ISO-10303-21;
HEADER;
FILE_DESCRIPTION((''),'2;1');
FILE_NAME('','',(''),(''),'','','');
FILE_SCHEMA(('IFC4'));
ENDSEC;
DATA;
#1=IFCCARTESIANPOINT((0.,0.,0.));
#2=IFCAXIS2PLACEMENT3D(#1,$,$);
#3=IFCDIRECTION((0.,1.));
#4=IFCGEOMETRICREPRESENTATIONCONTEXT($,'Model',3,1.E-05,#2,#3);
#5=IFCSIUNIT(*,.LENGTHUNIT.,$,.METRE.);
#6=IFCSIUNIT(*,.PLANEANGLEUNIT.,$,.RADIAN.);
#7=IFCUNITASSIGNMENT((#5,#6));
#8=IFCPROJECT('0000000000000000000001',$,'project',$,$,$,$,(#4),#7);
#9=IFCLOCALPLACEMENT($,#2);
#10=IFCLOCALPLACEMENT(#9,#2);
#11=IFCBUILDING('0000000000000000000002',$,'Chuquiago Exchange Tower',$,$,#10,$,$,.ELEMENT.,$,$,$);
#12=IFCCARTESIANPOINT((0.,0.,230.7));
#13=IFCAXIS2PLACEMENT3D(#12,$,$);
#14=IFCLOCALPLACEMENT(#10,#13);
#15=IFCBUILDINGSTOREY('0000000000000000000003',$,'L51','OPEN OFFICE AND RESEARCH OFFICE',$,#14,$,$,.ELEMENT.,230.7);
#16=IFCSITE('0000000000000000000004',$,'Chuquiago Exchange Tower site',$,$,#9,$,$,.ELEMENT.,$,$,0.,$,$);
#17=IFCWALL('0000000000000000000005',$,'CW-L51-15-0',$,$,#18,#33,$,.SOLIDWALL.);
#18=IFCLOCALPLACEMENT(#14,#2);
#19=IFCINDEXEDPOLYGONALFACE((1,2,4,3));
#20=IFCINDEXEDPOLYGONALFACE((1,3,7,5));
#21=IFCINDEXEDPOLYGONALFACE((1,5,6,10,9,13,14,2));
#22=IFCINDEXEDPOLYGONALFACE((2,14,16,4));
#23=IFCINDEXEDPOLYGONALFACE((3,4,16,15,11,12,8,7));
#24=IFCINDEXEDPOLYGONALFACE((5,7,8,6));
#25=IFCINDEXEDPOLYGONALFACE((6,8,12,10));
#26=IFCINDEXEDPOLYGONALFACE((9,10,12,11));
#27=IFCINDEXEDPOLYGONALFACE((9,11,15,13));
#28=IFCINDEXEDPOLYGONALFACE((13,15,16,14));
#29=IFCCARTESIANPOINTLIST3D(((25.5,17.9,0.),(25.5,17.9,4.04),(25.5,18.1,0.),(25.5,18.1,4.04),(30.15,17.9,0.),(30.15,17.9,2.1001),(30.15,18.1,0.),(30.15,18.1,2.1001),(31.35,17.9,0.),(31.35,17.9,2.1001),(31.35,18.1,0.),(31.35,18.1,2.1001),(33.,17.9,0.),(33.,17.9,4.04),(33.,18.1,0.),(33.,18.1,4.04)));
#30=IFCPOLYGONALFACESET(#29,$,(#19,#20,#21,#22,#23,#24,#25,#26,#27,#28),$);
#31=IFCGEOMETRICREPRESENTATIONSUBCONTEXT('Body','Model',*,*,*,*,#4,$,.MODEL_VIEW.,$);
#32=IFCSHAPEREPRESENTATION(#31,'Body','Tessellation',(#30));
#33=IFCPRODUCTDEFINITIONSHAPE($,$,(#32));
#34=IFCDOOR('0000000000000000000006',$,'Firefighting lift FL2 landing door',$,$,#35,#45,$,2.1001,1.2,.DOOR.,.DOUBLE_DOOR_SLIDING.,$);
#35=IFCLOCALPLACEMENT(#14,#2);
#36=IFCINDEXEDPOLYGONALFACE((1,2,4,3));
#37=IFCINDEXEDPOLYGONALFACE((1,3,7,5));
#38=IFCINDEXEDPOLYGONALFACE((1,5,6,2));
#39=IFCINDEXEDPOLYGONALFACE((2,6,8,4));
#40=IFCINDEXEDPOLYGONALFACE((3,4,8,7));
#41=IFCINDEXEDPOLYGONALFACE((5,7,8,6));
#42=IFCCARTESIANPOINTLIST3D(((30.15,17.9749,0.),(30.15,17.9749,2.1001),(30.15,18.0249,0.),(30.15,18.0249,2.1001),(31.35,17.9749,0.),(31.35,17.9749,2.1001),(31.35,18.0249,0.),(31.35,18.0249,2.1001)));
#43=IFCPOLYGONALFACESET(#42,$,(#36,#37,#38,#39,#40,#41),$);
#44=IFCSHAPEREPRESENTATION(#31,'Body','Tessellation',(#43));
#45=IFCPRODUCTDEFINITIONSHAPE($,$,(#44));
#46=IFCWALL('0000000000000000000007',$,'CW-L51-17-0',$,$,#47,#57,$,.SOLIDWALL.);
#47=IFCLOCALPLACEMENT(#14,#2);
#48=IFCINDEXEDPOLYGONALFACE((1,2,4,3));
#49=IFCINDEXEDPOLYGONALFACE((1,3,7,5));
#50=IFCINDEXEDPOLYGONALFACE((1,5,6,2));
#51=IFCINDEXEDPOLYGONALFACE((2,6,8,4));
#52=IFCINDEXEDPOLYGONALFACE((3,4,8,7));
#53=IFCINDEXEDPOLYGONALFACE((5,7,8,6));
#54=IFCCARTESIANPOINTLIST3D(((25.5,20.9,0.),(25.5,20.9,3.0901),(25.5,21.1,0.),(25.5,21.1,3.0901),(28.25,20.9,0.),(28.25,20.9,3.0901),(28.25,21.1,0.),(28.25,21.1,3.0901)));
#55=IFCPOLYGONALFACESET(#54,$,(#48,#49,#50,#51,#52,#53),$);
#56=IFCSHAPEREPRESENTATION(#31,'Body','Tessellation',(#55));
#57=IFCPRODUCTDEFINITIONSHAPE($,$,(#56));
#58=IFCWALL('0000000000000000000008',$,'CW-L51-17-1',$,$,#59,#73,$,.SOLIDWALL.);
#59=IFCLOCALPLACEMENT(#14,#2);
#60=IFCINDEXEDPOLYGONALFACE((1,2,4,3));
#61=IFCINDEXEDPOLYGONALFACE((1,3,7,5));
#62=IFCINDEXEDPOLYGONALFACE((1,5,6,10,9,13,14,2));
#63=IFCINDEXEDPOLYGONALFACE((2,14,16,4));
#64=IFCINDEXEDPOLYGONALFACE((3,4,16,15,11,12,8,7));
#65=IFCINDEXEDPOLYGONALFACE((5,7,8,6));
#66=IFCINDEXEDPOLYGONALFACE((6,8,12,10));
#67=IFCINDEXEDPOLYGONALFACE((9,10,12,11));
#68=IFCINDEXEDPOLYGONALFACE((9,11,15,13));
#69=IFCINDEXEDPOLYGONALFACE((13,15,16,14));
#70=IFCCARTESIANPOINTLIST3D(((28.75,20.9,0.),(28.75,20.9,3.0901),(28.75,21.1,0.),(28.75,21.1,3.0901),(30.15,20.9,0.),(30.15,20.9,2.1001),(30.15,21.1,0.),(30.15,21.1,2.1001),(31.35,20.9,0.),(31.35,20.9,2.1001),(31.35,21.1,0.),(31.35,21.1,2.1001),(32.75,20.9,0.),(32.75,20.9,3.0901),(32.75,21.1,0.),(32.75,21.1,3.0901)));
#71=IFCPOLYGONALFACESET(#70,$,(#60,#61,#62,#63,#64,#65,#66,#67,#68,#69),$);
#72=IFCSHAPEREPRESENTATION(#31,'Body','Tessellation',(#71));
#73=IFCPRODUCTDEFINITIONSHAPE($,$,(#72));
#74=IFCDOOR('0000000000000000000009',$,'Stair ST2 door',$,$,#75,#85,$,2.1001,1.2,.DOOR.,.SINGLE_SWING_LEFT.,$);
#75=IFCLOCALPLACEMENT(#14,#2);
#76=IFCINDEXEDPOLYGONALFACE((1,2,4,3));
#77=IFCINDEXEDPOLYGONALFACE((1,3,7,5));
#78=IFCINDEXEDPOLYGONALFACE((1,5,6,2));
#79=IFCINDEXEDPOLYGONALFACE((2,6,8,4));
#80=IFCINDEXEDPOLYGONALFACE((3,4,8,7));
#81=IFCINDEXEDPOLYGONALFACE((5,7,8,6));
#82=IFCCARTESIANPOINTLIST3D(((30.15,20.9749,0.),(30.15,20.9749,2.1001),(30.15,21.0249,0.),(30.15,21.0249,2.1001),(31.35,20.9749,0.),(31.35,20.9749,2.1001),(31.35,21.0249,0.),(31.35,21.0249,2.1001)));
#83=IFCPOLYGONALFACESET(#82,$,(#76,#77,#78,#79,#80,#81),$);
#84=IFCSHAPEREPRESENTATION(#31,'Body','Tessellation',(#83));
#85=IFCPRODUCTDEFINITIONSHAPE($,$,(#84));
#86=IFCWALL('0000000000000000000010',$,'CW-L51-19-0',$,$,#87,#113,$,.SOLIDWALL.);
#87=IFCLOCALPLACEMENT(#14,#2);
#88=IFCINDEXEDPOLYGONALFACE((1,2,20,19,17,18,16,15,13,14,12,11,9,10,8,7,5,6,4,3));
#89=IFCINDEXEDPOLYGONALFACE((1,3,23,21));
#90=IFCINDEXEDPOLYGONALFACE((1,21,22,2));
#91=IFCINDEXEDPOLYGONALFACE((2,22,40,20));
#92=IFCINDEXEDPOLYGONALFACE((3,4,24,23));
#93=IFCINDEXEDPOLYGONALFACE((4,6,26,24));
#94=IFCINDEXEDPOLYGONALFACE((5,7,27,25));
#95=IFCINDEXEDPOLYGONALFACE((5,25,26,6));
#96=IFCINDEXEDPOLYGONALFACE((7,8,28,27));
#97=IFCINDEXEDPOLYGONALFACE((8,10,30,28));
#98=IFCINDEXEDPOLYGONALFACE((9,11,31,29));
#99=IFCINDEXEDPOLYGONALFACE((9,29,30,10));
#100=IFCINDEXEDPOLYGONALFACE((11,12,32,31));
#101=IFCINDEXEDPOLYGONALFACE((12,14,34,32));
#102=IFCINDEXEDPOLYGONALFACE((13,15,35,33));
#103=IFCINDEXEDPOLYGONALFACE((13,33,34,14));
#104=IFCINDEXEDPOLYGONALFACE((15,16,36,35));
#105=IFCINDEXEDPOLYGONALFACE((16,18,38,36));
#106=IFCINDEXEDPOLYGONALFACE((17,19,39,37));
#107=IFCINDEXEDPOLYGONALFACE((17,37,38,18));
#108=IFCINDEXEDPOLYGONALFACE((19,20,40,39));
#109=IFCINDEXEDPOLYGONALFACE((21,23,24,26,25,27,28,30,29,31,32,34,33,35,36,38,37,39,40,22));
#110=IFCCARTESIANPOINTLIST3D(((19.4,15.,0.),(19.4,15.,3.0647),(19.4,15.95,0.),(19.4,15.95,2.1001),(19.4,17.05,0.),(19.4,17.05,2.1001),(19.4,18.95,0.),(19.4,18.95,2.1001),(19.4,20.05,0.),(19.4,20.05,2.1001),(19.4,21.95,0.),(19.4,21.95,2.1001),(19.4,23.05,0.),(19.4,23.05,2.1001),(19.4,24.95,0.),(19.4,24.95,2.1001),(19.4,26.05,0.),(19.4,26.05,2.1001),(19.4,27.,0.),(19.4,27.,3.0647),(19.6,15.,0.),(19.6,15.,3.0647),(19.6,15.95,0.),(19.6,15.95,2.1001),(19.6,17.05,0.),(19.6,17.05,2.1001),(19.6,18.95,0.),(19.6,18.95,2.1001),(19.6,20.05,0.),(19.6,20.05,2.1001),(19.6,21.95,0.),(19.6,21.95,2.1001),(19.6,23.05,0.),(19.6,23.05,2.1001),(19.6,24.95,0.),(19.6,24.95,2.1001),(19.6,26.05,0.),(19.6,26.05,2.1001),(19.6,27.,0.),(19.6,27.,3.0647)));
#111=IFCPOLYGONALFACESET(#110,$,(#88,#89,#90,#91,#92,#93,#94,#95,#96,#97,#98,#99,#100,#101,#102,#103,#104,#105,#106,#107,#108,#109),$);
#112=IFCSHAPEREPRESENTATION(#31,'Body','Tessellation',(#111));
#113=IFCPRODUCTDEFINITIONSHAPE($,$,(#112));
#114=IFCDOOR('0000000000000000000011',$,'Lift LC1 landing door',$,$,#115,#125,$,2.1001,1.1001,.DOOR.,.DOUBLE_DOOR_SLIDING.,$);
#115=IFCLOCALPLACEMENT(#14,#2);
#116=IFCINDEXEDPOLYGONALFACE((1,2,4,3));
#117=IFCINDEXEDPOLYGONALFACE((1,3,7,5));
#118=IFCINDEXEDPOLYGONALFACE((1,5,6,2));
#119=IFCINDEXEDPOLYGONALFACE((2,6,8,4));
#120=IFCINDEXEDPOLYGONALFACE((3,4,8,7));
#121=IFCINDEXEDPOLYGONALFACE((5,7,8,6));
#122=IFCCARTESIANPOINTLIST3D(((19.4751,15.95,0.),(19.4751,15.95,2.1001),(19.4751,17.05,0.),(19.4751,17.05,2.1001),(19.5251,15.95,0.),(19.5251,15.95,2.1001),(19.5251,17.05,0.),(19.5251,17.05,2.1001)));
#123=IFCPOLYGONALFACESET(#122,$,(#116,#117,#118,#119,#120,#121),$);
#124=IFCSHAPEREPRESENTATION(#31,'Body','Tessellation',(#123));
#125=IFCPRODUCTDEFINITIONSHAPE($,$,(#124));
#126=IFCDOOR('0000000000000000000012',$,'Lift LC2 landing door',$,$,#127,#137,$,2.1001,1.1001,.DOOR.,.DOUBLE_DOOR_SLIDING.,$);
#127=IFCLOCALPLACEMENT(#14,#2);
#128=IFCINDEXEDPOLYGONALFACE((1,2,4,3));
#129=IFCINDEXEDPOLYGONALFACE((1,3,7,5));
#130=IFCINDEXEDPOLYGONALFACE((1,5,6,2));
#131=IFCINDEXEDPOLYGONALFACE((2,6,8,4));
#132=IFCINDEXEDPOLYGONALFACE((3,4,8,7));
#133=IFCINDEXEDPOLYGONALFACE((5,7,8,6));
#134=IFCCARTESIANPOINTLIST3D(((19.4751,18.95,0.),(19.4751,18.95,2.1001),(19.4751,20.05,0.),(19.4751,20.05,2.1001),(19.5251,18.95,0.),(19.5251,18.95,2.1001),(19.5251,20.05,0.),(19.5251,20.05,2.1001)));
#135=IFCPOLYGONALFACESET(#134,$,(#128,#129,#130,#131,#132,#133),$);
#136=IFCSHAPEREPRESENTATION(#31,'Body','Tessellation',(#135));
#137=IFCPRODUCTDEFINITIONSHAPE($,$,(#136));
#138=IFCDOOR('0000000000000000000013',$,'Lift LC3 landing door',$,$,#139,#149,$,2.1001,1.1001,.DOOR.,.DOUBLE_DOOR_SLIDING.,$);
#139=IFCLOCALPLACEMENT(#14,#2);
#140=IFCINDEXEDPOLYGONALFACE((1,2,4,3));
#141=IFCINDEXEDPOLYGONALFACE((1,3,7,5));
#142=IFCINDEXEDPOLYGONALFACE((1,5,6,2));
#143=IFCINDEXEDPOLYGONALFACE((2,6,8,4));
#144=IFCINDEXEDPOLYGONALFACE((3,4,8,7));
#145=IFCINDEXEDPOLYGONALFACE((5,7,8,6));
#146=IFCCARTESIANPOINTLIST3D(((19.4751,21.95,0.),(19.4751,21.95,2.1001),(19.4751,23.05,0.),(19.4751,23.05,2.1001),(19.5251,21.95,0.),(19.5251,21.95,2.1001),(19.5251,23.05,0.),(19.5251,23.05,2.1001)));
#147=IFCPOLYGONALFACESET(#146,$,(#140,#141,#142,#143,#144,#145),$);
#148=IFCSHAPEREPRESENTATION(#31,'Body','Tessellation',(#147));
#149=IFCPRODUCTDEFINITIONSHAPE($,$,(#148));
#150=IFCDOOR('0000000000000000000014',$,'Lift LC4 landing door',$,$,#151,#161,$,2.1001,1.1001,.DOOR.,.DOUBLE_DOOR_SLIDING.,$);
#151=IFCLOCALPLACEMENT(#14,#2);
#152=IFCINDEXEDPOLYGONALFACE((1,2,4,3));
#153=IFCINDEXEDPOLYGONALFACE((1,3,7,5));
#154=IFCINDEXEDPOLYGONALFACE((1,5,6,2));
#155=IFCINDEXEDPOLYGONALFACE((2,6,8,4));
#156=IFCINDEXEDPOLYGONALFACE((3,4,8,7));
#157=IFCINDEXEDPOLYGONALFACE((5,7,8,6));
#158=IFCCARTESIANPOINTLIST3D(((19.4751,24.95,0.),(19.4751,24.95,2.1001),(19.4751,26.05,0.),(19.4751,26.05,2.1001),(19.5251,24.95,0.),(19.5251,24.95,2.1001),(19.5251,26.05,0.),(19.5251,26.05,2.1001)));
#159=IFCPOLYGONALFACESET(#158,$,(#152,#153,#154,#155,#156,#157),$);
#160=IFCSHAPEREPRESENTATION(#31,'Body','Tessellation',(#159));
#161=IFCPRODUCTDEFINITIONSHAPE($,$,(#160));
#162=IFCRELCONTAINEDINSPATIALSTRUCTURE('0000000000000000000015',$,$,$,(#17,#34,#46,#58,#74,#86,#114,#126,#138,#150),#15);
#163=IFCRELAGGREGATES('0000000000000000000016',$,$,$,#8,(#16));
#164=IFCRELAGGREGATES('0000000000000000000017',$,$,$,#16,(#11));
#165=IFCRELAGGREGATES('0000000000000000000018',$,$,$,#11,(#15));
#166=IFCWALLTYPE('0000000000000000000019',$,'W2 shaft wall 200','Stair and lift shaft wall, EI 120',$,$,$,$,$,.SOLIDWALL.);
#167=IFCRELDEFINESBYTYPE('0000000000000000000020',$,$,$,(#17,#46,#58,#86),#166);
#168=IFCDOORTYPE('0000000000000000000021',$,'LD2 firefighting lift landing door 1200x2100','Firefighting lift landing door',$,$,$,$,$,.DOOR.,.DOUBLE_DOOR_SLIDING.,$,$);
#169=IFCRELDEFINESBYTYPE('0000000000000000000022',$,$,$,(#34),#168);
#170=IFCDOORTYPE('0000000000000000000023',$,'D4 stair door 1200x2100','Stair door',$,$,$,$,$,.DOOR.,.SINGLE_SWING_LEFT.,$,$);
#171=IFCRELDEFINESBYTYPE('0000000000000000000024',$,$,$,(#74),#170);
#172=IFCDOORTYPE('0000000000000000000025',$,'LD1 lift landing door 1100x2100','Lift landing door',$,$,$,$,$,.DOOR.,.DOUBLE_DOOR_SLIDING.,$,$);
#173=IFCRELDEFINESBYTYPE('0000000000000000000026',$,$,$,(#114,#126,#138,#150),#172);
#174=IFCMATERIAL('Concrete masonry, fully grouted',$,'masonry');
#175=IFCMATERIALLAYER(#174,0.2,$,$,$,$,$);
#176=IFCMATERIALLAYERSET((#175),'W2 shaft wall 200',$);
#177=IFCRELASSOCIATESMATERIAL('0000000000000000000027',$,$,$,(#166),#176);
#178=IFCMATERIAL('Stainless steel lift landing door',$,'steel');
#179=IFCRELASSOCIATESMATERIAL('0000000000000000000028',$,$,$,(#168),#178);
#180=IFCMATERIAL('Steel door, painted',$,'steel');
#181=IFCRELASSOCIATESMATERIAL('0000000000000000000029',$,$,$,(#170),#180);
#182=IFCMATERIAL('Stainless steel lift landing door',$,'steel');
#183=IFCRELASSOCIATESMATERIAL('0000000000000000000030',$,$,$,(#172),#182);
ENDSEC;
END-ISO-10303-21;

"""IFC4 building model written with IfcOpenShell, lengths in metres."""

from ifc_helpers import new_model, si_unit, direction, frame, frame_2d, origin, place, context, subcontext, project, spatial, rectangle, extrude, material, layer, layer_set, type_object, element, fill, save


model = new_model("IFC4")

# Units and contexts
model_context = context("Model", 3, precision=1e-05, world=origin(), true_north=direction((0.0, 1.0)))
body_context = subcontext(model_context, "Body", "Model", "MODEL_VIEW")
ifc_project = project(units=[si_unit("LENGTHUNIT", "METRE"), si_unit("PLANEANGLEUNIT", "RADIAN")], contexts=[model_context])

# Site, building, storey
site_placement = place(None, origin())
site = spatial("IfcSite", under=ifc_project, at=site_placement, Name="Chuquiago Exchange Tower site", CompositionType="ELEMENT", RefElevation=0.0)
building_placement = place(site_placement, origin())
building = spatial("IfcBuilding", under=site, at=building_placement, Name="Chuquiago Exchange Tower", CompositionType="ELEMENT")
storey_placement = place(building_placement, frame((0.0, 0.0, 230.7)))
storey = spatial("IfcBuildingStorey", under=building, at=storey_placement, Name="L51", Description="OPEN OFFICE AND RESEARCH OFFICE", CompositionType="ELEMENT", Elevation=230.7)

# Shared definitions
ifc_material_1 = material(Name="Concrete masonry, fully grouted", Category="masonry")
ifc_layer_1 = layer(ifc_material_1, 0.2)
ifc_layer_set_1 = layer_set([ifc_layer_1], Name="W2 shaft wall 200")
wall_type_1 = type_object("IfcWallType", Name="W2 shaft wall 200", Description="Stair and lift shaft wall, EI 120", PredefinedType="SOLIDWALL", material=ifc_layer_set_1)

# Wall, opening, door
wall_1_placement = place(storey_placement, frame((25.5, 18.0, 0.0), z_axis=(0.0, 0.0, 1.0), x_axis=(1.0, 0.0, 0.0)))
wall_1 = element("IfcWall", 1, at=wall_1_placement, inside=storey, type_object=wall_type_1, Name="CW-L51-15-0", PredefinedType="SOLIDWALL", context=body_context, shape_type="SweptSolid", body=[
    extrude(rectangle(XDim=7.5, YDim=0.2, at=frame_2d((3.75, 0.0))), origin(), (0.0, 0.0, 1.0), 4.04),
])
opening_1_placement = place(wall_1_placement, frame((4.6499, 0.0, 0.0)))
opening_1 = element("IfcOpeningElement", 2, at=opening_1_placement, cuts=wall_1, PredefinedType="OPENING", context=body_context, shape_type="SweptSolid", body=[
    extrude(rectangle(XDim=1.2, YDim=2.1001, at=frame_2d((0.6001, 1.05))), frame((0.0, 0.1099, 0.0), z_axis=(0.0, -1.0, 0.0), x_axis=(1.0, 0.0, 0.0)), (0.0, 0.0, 1.0), 0.22),
])
ifc_material_2 = material(Name="Stainless steel lift landing door", Category="steel")
door_type_1 = type_object("IfcDoorType", Name="LD2 firefighting lift landing door 1200x2100", Description="Firefighting lift landing door", OperationType="DOUBLE_DOOR_SLIDING", PredefinedType="DOOR", material=ifc_material_2)
door_1_placement = place(opening_1_placement, origin())
door_1 = element("IfcDoor", 3, at=door_1_placement, inside=storey, type_object=door_type_1, Name="Firefighting lift FL2 landing door", OperationType="DOUBLE_DOOR_SLIDING", OverallHeight=2.1001, OverallWidth=1.2, PredefinedType="DOOR", context=body_context, shape_type="SweptSolid", body=[
    extrude(rectangle(XDim=1.2, YDim=2.1001, at=frame_2d((0.6001, 1.05))), frame((0.0, 0.0249, 0.0), z_axis=(0.0, -1.0, 0.0), x_axis=(1.0, 0.0, 0.0)), (0.0, 0.0, 1.0), 0.05),
])
fill(opening_1, door_1)

# Wall
wall_2_placement = place(storey_placement, frame((25.5, 21.0, 0.0), z_axis=(0.0, 0.0, 1.0), x_axis=(1.0, 0.0, 0.0)))
element("IfcWall", 4, at=wall_2_placement, inside=storey, type_object=wall_type_1, Name="CW-L51-17-0", PredefinedType="SOLIDWALL", context=body_context, shape_type="SweptSolid", body=[
    extrude(rectangle(XDim=2.75, YDim=0.2, at=frame_2d((1.375, 0.0))), origin(), (0.0, 0.0, 1.0), 3.0901),
])

# Wall, opening, door
wall_3_placement = place(storey_placement, frame((28.75, 21.0, 0.0), z_axis=(0.0, 0.0, 1.0), x_axis=(1.0, 0.0, 0.0)))
wall_3 = element("IfcWall", 5, at=wall_3_placement, inside=storey, type_object=wall_type_1, Name="CW-L51-17-1", PredefinedType="SOLIDWALL", context=body_context, shape_type="SweptSolid", body=[
    extrude(rectangle(XDim=4.0, YDim=0.2, at=frame_2d((2.0, 0.0))), origin(), (0.0, 0.0, 1.0), 3.0901),
])
opening_2_placement = place(wall_3_placement, frame((1.3999, 0.0, 0.0)))
opening_2 = element("IfcOpeningElement", 6, at=opening_2_placement, cuts=wall_3, PredefinedType="OPENING", context=body_context, shape_type="SweptSolid", body=[
    extrude(rectangle(XDim=1.2, YDim=2.1001, at=frame_2d((0.6001, 1.05))), frame((0.0, 0.1099, 0.0), z_axis=(0.0, -1.0, 0.0), x_axis=(1.0, 0.0, 0.0)), (0.0, 0.0, 1.0), 0.22),
])
ifc_material_3 = material(Name="Steel door, painted", Category="steel")
door_type_2 = type_object("IfcDoorType", Name="D4 stair door 1200x2100", Description="Stair door", OperationType="SINGLE_SWING_LEFT", PredefinedType="DOOR", material=ifc_material_3)
door_2_placement = place(opening_2_placement, origin())
door_2 = element("IfcDoor", 7, at=door_2_placement, inside=storey, type_object=door_type_2, Name="Stair ST2 door", OperationType="SINGLE_SWING_LEFT", OverallHeight=2.1001, OverallWidth=1.2, PredefinedType="DOOR", context=body_context, shape_type="SweptSolid", body=[
    extrude(rectangle(XDim=1.2, YDim=2.1001, at=frame_2d((0.6001, 1.05))), frame((0.0, 0.0249, 0.0), z_axis=(0.0, -1.0, 0.0), x_axis=(1.0, 0.0, 0.0)), (0.0, 0.0, 1.0), 0.05),
])
fill(opening_2, door_2)

# Wall, openings, doors
wall_4_placement = place(storey_placement, frame((19.5, 15.0, 0.0), z_axis=(0.0, 0.0, 1.0), x_axis=(0.0, 1.0, 0.0)))
wall_4 = element("IfcWall", 8, at=wall_4_placement, inside=storey, type_object=wall_type_1, Name="CW-L51-19-0", PredefinedType="SOLIDWALL", context=body_context, shape_type="SweptSolid", body=[
    extrude(rectangle(XDim=12.0, YDim=0.2, at=frame_2d((6.0, 0.0))), origin(), (0.0, 0.0, 1.0), 3.0647),
])
opening_3_placement = place(wall_4_placement, frame((0.95, 0.0, 0.0)))
opening_3 = element("IfcOpeningElement", 9, at=opening_3_placement, cuts=wall_4, PredefinedType="OPENING", context=body_context, shape_type="SweptSolid", body=[
    extrude(rectangle(XDim=1.1001, YDim=2.1001, at=frame_2d((0.55, 1.05))), frame((0.0, 0.1099, 0.0), z_axis=(0.0, -1.0, 0.0), x_axis=(1.0, 0.0, 0.0)), (0.0, 0.0, 1.0), 0.22),
])
opening_4_placement = place(wall_4_placement, frame((3.95, 0.0, 0.0)))
opening_4 = element("IfcOpeningElement", 10, at=opening_4_placement, cuts=wall_4, PredefinedType="OPENING", context=body_context, shape_type="SweptSolid", body=[
    extrude(rectangle(XDim=1.1001, YDim=2.1001, at=frame_2d((0.55, 1.05))), frame((0.0, 0.1099, 0.0), z_axis=(0.0, -1.0, 0.0), x_axis=(1.0, 0.0, 0.0)), (0.0, 0.0, 1.0), 0.22),
])
opening_5_placement = place(wall_4_placement, frame((6.95, 0.0, 0.0)))
opening_5 = element("IfcOpeningElement", 11, at=opening_5_placement, cuts=wall_4, PredefinedType="OPENING", context=body_context, shape_type="SweptSolid", body=[
    extrude(rectangle(XDim=1.1001, YDim=2.1001, at=frame_2d((0.55, 1.05))), frame((0.0, 0.1099, 0.0), z_axis=(0.0, -1.0, 0.0), x_axis=(1.0, 0.0, 0.0)), (0.0, 0.0, 1.0), 0.22),
])
opening_6_placement = place(wall_4_placement, frame((9.95, 0.0, 0.0)))
opening_6 = element("IfcOpeningElement", 12, at=opening_6_placement, cuts=wall_4, PredefinedType="OPENING", context=body_context, shape_type="SweptSolid", body=[
    extrude(rectangle(XDim=1.1001, YDim=2.1001, at=frame_2d((0.55, 1.05))), frame((0.0, 0.1099, 0.0), z_axis=(0.0, -1.0, 0.0), x_axis=(1.0, 0.0, 0.0)), (0.0, 0.0, 1.0), 0.22),
])
ifc_material_4 = material(Name="Stainless steel lift landing door", Category="steel")
door_type_3 = type_object("IfcDoorType", Name="LD1 lift landing door 1100x2100", Description="Lift landing door", OperationType="DOUBLE_DOOR_SLIDING", PredefinedType="DOOR", material=ifc_material_4)
door_3_placement = place(opening_3_placement, origin())
door_3 = element("IfcDoor", 13, at=door_3_placement, inside=storey, type_object=door_type_3, Name="Lift LC1 landing door", OperationType="DOUBLE_DOOR_SLIDING", OverallHeight=2.1001, OverallWidth=1.1001, PredefinedType="DOOR", context=body_context, shape_type="SweptSolid", body=[
    extrude(rectangle(XDim=1.1001, YDim=2.1001, at=frame_2d((0.55, 1.05))), frame((0.0, 0.0249, 0.0), z_axis=(0.0, -1.0, 0.0), x_axis=(1.0, 0.0, 0.0)), (0.0, 0.0, 1.0), 0.05),
])
fill(opening_3, door_3)
door_4_placement = place(opening_4_placement, origin())
door_4 = element("IfcDoor", 14, at=door_4_placement, inside=storey, type_object=door_type_3, Name="Lift LC2 landing door", OperationType="DOUBLE_DOOR_SLIDING", OverallHeight=2.1001, OverallWidth=1.1001, PredefinedType="DOOR", context=body_context, shape_type="SweptSolid", body=[
    extrude(rectangle(XDim=1.1001, YDim=2.1001, at=frame_2d((0.55, 1.05))), frame((0.0, 0.0249, 0.0), z_axis=(0.0, -1.0, 0.0), x_axis=(1.0, 0.0, 0.0)), (0.0, 0.0, 1.0), 0.05),
])
fill(opening_4, door_4)
door_5_placement = place(opening_5_placement, origin())
door_5 = element("IfcDoor", 15, at=door_5_placement, inside=storey, type_object=door_type_3, Name="Lift LC3 landing door", OperationType="DOUBLE_DOOR_SLIDING", OverallHeight=2.1001, OverallWidth=1.1001, PredefinedType="DOOR", context=body_context, shape_type="SweptSolid", body=[
    extrude(rectangle(XDim=1.1001, YDim=2.1001, at=frame_2d((0.55, 1.05))), frame((0.0, 0.0249, 0.0), z_axis=(0.0, -1.0, 0.0), x_axis=(1.0, 0.0, 0.0)), (0.0, 0.0, 1.0), 0.05),
])
fill(opening_5, door_5)
door_6_placement = place(opening_6_placement, origin())
door_6 = element("IfcDoor", 16, at=door_6_placement, inside=storey, type_object=door_type_3, Name="Lift LC4 landing door", OperationType="DOUBLE_DOOR_SLIDING", OverallHeight=2.1001, OverallWidth=1.1001, PredefinedType="DOOR", context=body_context, shape_type="SweptSolid", body=[
    extrude(rectangle(XDim=1.1001, YDim=2.1001, at=frame_2d((0.55, 1.05))), frame((0.0, 0.0249, 0.0), z_axis=(0.0, -1.0, 0.0), x_axis=(1.0, 0.0, 0.0)), (0.0, 0.0, 1.0), 0.05),
])
fill(opening_6, door_6)

save(model, "model.ifc")
